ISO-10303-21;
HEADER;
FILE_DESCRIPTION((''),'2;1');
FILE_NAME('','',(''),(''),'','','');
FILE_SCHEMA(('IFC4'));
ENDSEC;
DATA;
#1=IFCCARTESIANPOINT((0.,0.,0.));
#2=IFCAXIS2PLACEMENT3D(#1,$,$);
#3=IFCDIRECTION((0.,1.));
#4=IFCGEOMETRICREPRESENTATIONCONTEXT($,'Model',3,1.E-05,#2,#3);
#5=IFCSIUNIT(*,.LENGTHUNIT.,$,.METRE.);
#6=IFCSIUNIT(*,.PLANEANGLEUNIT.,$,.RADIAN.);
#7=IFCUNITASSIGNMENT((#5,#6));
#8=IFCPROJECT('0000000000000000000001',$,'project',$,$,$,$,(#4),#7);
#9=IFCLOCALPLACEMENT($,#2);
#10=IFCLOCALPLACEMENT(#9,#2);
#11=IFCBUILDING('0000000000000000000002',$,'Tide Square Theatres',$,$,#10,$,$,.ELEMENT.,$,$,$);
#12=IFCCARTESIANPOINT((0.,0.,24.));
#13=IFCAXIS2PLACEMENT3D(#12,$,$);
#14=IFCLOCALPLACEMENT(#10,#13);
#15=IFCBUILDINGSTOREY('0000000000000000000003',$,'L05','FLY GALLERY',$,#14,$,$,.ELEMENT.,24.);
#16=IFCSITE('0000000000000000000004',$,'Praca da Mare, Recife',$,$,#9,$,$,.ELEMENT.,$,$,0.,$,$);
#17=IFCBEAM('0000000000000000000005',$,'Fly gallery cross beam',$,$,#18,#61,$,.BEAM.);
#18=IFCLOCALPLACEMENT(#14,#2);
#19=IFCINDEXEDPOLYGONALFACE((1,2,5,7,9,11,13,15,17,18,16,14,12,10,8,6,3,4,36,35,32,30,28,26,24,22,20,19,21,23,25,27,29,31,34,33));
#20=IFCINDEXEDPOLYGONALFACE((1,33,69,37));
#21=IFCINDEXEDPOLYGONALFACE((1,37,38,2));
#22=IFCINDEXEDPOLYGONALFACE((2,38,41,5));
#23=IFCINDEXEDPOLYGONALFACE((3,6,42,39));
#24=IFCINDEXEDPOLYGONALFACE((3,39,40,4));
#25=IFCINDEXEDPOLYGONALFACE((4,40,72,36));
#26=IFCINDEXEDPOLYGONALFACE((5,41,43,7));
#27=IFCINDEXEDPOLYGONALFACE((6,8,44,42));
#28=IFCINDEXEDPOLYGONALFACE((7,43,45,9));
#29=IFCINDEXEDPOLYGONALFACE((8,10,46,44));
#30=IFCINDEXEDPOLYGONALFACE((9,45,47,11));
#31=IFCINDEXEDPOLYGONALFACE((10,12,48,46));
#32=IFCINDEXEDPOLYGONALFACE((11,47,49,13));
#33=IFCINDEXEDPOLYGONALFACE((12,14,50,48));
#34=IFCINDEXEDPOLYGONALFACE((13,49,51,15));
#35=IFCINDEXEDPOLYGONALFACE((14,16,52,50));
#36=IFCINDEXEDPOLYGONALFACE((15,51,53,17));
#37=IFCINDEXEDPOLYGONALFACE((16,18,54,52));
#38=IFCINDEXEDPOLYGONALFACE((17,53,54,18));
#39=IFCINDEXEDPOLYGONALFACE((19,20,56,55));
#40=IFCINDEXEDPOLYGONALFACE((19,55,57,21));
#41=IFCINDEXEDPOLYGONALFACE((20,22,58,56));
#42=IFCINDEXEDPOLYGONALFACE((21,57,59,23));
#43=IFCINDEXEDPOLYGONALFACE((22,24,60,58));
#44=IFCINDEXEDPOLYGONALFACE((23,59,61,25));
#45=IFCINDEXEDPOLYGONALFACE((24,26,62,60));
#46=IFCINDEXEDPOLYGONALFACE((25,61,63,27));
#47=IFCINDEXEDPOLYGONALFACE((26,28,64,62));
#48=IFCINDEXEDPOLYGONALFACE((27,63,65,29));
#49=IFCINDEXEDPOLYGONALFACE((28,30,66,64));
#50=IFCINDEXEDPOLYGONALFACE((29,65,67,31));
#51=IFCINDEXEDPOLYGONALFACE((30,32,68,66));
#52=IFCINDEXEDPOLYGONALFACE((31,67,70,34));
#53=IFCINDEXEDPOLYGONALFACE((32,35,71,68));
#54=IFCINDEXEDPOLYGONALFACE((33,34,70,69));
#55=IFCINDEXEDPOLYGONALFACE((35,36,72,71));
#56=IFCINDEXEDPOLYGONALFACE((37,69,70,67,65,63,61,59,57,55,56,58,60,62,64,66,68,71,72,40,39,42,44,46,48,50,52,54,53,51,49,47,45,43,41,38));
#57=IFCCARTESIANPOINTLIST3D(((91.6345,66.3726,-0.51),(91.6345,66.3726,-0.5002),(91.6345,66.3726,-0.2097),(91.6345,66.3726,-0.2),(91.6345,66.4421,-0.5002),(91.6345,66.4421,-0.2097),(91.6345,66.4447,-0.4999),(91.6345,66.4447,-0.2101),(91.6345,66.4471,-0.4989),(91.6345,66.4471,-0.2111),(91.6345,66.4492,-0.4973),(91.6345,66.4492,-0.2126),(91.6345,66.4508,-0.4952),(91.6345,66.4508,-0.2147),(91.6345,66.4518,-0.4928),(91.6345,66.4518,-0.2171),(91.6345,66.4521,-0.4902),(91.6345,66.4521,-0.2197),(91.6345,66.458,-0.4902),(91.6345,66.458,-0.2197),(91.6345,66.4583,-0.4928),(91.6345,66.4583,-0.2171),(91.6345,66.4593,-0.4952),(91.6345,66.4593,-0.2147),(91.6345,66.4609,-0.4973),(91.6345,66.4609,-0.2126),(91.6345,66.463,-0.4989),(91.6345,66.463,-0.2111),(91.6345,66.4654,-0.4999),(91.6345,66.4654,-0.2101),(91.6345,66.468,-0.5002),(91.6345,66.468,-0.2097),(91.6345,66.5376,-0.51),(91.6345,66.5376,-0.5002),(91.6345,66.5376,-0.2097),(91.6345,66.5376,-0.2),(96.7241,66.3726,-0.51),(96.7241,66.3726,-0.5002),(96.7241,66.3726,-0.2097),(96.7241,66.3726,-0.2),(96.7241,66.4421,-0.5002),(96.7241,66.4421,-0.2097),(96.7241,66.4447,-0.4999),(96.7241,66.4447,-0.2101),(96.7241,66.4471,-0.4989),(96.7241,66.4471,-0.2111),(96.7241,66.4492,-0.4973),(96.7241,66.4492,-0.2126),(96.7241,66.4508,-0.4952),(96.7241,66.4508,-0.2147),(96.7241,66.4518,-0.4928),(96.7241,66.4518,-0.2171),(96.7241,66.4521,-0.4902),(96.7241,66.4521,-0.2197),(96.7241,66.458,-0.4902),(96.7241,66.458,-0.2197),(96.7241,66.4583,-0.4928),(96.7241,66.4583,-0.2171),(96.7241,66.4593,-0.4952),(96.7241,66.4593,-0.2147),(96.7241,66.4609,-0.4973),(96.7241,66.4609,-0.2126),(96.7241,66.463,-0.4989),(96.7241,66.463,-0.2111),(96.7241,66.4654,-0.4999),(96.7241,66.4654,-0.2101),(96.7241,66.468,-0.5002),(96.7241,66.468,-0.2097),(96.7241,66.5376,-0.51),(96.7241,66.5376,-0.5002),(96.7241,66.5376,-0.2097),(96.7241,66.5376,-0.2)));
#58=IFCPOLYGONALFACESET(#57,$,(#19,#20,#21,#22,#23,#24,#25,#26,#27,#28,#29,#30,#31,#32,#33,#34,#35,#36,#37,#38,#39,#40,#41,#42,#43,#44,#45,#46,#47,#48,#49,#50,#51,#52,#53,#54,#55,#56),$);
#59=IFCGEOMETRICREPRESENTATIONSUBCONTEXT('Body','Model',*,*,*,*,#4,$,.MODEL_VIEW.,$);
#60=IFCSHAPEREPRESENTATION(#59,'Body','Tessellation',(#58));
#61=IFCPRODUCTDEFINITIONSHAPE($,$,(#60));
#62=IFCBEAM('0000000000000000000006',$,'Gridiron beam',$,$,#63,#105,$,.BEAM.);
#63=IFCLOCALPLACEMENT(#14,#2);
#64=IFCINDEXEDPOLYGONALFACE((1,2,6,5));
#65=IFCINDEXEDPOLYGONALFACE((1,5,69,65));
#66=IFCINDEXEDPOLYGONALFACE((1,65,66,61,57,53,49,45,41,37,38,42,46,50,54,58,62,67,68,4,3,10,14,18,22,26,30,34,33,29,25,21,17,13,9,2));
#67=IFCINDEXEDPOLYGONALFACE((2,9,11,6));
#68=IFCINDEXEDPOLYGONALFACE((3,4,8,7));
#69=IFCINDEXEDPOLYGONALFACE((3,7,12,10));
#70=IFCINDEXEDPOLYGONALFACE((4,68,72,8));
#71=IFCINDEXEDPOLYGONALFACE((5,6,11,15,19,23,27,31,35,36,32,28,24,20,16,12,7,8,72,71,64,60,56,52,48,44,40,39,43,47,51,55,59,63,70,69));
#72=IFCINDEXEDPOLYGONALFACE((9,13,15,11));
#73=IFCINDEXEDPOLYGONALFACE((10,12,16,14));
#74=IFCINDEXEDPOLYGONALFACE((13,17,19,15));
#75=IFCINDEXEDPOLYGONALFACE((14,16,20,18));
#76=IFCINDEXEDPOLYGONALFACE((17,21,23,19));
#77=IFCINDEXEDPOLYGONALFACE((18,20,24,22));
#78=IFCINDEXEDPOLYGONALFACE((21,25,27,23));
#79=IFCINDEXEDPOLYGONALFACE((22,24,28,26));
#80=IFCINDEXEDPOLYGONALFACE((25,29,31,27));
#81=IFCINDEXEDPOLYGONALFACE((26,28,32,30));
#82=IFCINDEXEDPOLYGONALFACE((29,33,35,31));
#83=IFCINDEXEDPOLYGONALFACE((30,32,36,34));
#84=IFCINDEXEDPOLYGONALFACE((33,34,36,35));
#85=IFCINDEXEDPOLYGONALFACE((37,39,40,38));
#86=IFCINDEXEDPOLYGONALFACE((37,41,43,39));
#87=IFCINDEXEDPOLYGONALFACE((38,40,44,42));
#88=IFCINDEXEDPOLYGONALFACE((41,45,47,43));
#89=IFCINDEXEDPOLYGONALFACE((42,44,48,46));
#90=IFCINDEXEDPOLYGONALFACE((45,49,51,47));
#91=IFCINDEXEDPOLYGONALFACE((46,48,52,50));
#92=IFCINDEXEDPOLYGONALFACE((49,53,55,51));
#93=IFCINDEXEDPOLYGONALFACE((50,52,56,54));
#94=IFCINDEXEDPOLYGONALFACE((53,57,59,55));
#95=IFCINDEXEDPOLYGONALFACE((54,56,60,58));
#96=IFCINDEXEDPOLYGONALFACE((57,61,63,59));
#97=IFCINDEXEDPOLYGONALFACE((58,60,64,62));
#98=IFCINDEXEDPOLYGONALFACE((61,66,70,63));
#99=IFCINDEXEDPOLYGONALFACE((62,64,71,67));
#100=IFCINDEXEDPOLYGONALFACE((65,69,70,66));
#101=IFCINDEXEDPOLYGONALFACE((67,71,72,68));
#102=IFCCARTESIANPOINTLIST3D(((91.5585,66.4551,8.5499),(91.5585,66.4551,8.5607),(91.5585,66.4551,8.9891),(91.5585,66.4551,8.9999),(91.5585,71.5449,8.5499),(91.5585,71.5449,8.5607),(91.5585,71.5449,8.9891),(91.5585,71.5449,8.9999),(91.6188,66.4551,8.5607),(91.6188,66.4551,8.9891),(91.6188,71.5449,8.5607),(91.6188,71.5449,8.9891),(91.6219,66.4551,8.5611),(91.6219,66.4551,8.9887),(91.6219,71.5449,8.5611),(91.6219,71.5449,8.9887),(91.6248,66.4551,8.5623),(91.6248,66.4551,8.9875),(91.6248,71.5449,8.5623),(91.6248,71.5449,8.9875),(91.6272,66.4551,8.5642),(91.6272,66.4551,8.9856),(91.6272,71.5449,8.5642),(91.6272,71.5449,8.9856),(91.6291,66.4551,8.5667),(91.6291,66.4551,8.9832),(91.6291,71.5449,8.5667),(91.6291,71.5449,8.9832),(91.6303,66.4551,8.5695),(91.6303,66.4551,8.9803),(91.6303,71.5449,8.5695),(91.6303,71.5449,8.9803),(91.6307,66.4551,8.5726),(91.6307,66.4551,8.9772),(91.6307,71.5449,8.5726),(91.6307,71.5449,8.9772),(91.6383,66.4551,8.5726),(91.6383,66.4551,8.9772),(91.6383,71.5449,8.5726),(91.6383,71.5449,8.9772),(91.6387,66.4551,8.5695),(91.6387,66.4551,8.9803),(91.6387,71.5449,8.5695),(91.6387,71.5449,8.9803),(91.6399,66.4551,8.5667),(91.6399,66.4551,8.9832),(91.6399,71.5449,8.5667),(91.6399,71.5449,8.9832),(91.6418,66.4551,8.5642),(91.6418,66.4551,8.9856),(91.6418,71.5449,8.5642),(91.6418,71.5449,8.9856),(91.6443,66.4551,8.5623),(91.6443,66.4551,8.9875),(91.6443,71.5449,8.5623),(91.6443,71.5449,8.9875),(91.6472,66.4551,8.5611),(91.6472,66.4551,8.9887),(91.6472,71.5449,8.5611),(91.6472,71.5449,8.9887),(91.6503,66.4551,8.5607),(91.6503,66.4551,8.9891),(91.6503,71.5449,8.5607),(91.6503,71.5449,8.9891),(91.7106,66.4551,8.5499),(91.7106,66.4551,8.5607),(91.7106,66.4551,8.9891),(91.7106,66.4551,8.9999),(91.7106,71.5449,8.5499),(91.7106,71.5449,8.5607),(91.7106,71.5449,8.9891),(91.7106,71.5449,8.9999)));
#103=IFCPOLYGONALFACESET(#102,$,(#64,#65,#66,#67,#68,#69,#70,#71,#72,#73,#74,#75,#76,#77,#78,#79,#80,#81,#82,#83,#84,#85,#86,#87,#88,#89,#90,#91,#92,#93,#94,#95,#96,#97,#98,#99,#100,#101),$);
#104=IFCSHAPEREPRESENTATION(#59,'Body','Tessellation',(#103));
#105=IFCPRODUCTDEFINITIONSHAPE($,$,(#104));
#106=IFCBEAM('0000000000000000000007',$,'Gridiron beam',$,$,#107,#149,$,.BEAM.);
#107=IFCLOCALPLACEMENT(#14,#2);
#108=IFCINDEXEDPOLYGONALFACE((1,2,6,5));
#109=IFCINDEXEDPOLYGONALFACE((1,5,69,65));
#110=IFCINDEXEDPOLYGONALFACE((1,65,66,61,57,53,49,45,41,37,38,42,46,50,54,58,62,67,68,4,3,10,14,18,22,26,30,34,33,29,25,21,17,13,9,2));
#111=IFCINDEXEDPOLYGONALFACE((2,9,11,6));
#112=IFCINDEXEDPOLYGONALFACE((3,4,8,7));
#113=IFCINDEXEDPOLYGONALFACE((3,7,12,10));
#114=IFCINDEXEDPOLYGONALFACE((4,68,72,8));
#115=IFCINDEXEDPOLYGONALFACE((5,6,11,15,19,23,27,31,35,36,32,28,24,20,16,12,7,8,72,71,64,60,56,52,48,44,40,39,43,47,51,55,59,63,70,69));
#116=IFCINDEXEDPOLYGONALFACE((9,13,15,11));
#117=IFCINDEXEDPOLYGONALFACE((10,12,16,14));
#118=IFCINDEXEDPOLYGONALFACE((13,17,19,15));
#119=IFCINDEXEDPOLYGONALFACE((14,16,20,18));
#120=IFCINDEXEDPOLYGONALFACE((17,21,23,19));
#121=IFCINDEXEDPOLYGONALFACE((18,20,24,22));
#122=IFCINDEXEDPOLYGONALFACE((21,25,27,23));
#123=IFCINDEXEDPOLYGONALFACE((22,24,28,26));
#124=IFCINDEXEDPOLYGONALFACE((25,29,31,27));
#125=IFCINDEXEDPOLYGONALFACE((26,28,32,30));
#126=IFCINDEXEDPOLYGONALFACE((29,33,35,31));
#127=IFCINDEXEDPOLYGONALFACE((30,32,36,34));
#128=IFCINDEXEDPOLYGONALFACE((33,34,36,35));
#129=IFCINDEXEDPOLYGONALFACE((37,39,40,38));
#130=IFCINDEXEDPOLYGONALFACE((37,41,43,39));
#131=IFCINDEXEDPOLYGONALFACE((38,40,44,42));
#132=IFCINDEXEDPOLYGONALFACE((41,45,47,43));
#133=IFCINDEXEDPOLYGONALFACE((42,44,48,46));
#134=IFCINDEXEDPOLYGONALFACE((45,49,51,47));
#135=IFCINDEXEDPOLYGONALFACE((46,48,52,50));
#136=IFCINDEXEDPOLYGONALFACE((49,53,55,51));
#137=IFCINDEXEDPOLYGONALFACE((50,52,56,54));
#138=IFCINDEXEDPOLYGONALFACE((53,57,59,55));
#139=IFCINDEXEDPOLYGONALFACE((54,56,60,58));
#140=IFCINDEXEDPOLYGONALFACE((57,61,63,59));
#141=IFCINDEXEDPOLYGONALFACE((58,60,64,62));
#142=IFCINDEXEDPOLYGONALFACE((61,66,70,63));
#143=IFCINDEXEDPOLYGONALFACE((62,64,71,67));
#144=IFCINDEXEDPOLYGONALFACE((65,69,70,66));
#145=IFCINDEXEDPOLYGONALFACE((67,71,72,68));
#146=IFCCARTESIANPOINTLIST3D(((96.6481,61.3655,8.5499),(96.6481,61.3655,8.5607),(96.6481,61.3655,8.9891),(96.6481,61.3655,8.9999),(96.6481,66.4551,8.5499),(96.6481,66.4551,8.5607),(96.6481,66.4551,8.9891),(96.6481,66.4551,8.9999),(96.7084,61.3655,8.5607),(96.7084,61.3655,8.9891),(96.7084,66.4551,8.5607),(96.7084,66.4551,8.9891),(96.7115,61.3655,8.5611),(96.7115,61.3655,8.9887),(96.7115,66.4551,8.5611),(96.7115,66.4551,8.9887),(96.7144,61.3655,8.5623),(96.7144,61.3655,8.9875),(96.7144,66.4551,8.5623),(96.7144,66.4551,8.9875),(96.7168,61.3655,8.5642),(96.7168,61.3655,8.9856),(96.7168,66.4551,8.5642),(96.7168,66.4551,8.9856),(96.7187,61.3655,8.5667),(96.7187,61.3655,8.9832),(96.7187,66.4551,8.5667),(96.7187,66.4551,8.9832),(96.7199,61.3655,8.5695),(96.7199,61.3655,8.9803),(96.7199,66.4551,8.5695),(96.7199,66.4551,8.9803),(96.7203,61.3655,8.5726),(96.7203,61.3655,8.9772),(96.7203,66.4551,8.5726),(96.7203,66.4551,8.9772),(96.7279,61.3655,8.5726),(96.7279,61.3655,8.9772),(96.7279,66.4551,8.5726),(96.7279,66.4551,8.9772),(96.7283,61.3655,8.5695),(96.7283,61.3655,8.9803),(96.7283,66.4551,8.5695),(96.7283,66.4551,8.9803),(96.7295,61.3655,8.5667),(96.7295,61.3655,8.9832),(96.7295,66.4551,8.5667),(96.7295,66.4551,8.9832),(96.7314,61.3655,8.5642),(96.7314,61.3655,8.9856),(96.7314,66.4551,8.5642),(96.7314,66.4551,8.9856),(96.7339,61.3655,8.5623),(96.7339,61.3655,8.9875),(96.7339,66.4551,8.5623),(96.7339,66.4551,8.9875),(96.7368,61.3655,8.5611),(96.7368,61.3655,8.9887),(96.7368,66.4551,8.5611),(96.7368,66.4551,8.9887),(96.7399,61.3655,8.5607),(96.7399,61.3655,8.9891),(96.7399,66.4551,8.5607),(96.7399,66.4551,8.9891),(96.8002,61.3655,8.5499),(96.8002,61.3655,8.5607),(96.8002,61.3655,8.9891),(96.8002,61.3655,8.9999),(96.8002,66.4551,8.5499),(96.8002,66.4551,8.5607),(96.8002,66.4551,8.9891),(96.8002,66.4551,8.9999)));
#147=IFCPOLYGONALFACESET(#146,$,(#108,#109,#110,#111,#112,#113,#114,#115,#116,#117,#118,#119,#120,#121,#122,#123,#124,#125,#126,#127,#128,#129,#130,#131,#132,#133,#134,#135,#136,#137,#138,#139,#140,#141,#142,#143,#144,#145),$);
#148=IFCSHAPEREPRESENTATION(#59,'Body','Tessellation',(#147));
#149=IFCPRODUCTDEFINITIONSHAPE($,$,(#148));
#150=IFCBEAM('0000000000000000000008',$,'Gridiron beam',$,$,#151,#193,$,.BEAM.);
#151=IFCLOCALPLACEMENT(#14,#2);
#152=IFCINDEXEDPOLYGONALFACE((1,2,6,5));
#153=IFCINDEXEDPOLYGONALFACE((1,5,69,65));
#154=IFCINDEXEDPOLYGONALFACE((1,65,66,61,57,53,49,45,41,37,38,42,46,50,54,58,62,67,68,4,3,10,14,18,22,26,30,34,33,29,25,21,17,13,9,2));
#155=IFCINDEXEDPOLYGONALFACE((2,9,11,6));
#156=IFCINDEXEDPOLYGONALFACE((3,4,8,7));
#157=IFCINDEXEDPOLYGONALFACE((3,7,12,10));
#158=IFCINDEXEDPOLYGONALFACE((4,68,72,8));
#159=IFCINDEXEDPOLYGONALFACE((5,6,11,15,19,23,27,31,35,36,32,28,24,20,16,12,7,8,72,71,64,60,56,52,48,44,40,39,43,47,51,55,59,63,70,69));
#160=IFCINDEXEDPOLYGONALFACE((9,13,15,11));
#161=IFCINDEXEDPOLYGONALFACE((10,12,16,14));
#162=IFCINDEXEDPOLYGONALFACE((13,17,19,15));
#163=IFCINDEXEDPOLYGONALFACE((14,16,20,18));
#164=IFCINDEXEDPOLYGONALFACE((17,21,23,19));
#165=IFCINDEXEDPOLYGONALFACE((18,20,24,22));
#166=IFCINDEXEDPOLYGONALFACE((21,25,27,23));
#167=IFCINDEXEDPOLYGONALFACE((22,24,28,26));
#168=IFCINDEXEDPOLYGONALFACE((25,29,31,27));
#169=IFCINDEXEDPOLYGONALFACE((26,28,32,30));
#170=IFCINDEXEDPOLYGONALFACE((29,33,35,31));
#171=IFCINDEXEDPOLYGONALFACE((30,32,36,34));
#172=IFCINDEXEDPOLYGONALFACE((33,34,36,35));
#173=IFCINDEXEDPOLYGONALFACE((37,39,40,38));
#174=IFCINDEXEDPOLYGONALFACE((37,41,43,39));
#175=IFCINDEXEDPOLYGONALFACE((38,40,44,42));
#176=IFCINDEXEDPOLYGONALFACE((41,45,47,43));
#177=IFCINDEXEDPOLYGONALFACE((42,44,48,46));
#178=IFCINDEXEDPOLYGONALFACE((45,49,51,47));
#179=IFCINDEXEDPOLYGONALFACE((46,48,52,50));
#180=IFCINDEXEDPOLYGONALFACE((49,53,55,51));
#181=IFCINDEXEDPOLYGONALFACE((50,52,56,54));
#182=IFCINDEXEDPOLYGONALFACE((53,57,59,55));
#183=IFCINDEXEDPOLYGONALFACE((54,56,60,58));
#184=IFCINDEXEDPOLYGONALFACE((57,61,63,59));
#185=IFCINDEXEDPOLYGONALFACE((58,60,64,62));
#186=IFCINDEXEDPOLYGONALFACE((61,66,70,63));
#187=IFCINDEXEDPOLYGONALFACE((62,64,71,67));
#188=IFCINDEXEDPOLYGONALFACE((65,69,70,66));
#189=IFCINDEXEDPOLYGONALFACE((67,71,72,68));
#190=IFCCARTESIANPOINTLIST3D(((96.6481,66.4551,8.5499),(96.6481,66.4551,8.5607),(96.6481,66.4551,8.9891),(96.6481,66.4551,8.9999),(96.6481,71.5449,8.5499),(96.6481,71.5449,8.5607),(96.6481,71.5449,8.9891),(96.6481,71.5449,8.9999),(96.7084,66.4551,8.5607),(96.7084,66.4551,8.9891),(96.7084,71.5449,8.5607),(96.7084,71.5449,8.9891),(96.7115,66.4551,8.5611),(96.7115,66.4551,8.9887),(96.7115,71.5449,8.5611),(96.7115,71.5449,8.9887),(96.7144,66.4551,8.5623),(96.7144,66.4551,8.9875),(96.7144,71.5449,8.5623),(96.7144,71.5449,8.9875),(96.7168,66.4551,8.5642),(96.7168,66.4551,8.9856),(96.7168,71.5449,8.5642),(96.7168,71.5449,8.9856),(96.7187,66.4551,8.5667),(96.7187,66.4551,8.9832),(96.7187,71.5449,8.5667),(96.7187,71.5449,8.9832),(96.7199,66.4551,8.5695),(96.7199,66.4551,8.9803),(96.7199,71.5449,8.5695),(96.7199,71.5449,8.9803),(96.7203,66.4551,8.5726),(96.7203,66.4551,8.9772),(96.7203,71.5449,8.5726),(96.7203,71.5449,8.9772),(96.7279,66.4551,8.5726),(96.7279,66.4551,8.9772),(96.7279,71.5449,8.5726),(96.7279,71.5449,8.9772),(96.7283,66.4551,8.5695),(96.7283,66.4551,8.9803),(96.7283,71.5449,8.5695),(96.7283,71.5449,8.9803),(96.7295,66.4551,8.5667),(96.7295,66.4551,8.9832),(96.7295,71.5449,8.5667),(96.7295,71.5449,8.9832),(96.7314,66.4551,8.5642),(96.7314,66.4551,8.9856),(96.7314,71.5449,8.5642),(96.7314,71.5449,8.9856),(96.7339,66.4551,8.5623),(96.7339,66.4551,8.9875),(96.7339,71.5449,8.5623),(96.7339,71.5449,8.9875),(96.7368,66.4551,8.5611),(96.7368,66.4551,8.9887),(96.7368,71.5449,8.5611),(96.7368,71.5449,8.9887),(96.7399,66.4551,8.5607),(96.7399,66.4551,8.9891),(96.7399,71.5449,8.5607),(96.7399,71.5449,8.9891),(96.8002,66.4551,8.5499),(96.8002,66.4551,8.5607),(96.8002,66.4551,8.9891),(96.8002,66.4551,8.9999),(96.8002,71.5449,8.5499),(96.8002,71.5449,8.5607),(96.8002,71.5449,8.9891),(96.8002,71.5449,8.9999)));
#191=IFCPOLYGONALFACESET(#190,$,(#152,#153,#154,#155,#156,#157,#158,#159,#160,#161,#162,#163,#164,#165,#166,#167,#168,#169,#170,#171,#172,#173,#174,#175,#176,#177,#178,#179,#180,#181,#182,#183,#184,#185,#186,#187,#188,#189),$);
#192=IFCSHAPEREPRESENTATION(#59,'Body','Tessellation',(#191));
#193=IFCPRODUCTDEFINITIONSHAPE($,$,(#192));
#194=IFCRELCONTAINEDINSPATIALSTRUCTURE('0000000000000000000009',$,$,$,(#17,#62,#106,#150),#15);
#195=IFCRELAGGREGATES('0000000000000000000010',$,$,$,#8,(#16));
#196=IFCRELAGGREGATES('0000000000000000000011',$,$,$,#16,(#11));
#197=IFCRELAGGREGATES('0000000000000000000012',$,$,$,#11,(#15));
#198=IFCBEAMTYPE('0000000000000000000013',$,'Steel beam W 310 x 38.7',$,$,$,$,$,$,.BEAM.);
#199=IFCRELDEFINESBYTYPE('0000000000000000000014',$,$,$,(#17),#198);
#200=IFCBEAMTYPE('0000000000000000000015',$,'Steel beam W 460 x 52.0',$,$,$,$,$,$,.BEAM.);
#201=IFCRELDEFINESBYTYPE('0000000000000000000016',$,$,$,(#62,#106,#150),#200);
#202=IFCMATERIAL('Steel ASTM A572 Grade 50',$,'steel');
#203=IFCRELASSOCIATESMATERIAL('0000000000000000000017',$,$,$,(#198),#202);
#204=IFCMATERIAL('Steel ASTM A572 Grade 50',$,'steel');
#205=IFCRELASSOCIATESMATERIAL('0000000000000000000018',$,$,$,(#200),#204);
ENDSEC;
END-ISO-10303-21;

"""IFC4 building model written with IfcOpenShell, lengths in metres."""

from ifc_helpers import new_model, si_unit, direction, frame, origin, origin_2d, place, context, subcontext, project, spatial, i_section, extrude, material, material_profile, profile_set, type_object, element, save


model = new_model("IFC4")

# Units and contexts
model_context = context("Model", 3, precision=1e-05, world=origin(), true_north=direction((0.0, 1.0)))
body_context = subcontext(model_context, "Body", "Model", "MODEL_VIEW")
ifc_project = project(units=[si_unit("LENGTHUNIT", "METRE"), si_unit("PLANEANGLEUNIT", "RADIAN")], contexts=[model_context])

# Site, building, storey
site_placement = place(None, origin())
site = spatial("IfcSite", under=ifc_project, at=site_placement, Name="Praca da Mare, Recife", CompositionType="ELEMENT", RefElevation=0.0)
building_placement = place(site_placement, origin())
building = spatial("IfcBuilding", under=site, at=building_placement, Name="Tide Square Theatres", CompositionType="ELEMENT")
storey_placement = place(building_placement, frame((0.0, 0.0, 24.0)))
storey = spatial("IfcBuildingStorey", under=building, at=storey_placement, Name="L05", Description="FLY GALLERY", CompositionType="ELEMENT", Elevation=24.0)

# Beams
ifc_material_1 = material(Name="Steel ASTM A572 Grade 50", Category="steel")
ifc_material_profile_1 = material_profile(ifc_material_1, i_section(OverallWidth=0.165, OverallDepth=0.3101, WebThickness=0.0059, FlangeThickness=0.0098, FilletRadius=0.01, at=origin_2d()))
ifc_profile_set_1 = profile_set([ifc_material_profile_1], Name="Steel ASTM A572 Grade 50")
beam_type_1 = type_object("IfcBeamType", Name="Steel beam W 310 x 38.7", PredefinedType="BEAM", material=ifc_profile_set_1)
beam_1_placement = place(storey_placement, frame((91.6345, 66.4551, -0.355), z_axis=(1.0, 0.0, 0.0), x_axis=(0.0, 1.0, 0.0)))
element("IfcBeam", 1, at=beam_1_placement, inside=storey, type_object=beam_type_1, Name="Fly gallery cross beam", PredefinedType="BEAM", context=body_context, shape_type="SweptSolid", body=[
    extrude(i_section(OverallWidth=0.165, OverallDepth=0.3101, WebThickness=0.0059, FlangeThickness=0.0098, FilletRadius=0.01, at=origin_2d()), origin(), (0.0, 0.0, 1.0), 5.0896),
])
ifc_material_2 = material(Name="Steel ASTM A572 Grade 50", Category="steel")
ifc_material_profile_2 = material_profile(ifc_material_2, i_section(OverallWidth=0.1521, OverallDepth=0.45, WebThickness=0.0076, FlangeThickness=0.0107, FilletRadius=0.012, at=origin_2d()))
ifc_profile_set_2 = profile_set([ifc_material_profile_2], Name="Steel ASTM A572 Grade 50")
beam_type_2 = type_object("IfcBeamType", Name="Steel beam W 460 x 52.0", PredefinedType="BEAM", material=ifc_profile_set_2)
beam_2_placement = place(storey_placement, frame((91.6345, 66.4551, 8.7749), z_axis=(0.0, 1.0, 0.0), x_axis=(-1.0, 0.0, 0.0)))
element("IfcBeam", 2, at=beam_2_placement, inside=storey, type_object=beam_type_2, Name="Gridiron beam", PredefinedType="BEAM", context=body_context, shape_type="SweptSolid", body=[
    extrude(i_section(OverallWidth=0.1521, OverallDepth=0.45, WebThickness=0.0076, FlangeThickness=0.0107, FilletRadius=0.012, at=origin_2d()), origin(), (0.0, 0.0, 1.0), 5.0898),
])
beam_3_placement = place(storey_placement, frame((96.7241, 61.3655, 8.7749), z_axis=(0.0, 1.0, 0.0), x_axis=(-1.0, 0.0, 0.0)))
element("IfcBeam", 3, at=beam_3_placement, inside=storey, type_object=beam_type_2, Name="Gridiron beam", PredefinedType="BEAM", context=body_context, shape_type="SweptSolid", body=[
    extrude(i_section(OverallWidth=0.1521, OverallDepth=0.45, WebThickness=0.0076, FlangeThickness=0.0107, FilletRadius=0.012, at=origin_2d()), origin(), (0.0, 0.0, 1.0), 5.0896),
])
for number, where, z_axis, x_axis, name in (
    (4, (96.7241, 66.4551, 8.7749), (0.0, 1.0, 0.0), (-1.0, 0.0, 0.0), "Gridiron beam"),
):
    element("IfcBeam", number, at=place(storey_placement, frame(where, z_axis=z_axis, x_axis=x_axis)), inside=storey, type_object=beam_type_2, Name=name, PredefinedType="BEAM", context=body_context, shape_type="SweptSolid", body=[
        extrude(i_section(OverallWidth=0.1521, OverallDepth=0.45, WebThickness=0.0076, FlangeThickness=0.0107, FilletRadius=0.012, at=origin_2d()), origin(), (0.0, 0.0, 1.0), 5.0898),
    ])

save(model, "model.ifc")
